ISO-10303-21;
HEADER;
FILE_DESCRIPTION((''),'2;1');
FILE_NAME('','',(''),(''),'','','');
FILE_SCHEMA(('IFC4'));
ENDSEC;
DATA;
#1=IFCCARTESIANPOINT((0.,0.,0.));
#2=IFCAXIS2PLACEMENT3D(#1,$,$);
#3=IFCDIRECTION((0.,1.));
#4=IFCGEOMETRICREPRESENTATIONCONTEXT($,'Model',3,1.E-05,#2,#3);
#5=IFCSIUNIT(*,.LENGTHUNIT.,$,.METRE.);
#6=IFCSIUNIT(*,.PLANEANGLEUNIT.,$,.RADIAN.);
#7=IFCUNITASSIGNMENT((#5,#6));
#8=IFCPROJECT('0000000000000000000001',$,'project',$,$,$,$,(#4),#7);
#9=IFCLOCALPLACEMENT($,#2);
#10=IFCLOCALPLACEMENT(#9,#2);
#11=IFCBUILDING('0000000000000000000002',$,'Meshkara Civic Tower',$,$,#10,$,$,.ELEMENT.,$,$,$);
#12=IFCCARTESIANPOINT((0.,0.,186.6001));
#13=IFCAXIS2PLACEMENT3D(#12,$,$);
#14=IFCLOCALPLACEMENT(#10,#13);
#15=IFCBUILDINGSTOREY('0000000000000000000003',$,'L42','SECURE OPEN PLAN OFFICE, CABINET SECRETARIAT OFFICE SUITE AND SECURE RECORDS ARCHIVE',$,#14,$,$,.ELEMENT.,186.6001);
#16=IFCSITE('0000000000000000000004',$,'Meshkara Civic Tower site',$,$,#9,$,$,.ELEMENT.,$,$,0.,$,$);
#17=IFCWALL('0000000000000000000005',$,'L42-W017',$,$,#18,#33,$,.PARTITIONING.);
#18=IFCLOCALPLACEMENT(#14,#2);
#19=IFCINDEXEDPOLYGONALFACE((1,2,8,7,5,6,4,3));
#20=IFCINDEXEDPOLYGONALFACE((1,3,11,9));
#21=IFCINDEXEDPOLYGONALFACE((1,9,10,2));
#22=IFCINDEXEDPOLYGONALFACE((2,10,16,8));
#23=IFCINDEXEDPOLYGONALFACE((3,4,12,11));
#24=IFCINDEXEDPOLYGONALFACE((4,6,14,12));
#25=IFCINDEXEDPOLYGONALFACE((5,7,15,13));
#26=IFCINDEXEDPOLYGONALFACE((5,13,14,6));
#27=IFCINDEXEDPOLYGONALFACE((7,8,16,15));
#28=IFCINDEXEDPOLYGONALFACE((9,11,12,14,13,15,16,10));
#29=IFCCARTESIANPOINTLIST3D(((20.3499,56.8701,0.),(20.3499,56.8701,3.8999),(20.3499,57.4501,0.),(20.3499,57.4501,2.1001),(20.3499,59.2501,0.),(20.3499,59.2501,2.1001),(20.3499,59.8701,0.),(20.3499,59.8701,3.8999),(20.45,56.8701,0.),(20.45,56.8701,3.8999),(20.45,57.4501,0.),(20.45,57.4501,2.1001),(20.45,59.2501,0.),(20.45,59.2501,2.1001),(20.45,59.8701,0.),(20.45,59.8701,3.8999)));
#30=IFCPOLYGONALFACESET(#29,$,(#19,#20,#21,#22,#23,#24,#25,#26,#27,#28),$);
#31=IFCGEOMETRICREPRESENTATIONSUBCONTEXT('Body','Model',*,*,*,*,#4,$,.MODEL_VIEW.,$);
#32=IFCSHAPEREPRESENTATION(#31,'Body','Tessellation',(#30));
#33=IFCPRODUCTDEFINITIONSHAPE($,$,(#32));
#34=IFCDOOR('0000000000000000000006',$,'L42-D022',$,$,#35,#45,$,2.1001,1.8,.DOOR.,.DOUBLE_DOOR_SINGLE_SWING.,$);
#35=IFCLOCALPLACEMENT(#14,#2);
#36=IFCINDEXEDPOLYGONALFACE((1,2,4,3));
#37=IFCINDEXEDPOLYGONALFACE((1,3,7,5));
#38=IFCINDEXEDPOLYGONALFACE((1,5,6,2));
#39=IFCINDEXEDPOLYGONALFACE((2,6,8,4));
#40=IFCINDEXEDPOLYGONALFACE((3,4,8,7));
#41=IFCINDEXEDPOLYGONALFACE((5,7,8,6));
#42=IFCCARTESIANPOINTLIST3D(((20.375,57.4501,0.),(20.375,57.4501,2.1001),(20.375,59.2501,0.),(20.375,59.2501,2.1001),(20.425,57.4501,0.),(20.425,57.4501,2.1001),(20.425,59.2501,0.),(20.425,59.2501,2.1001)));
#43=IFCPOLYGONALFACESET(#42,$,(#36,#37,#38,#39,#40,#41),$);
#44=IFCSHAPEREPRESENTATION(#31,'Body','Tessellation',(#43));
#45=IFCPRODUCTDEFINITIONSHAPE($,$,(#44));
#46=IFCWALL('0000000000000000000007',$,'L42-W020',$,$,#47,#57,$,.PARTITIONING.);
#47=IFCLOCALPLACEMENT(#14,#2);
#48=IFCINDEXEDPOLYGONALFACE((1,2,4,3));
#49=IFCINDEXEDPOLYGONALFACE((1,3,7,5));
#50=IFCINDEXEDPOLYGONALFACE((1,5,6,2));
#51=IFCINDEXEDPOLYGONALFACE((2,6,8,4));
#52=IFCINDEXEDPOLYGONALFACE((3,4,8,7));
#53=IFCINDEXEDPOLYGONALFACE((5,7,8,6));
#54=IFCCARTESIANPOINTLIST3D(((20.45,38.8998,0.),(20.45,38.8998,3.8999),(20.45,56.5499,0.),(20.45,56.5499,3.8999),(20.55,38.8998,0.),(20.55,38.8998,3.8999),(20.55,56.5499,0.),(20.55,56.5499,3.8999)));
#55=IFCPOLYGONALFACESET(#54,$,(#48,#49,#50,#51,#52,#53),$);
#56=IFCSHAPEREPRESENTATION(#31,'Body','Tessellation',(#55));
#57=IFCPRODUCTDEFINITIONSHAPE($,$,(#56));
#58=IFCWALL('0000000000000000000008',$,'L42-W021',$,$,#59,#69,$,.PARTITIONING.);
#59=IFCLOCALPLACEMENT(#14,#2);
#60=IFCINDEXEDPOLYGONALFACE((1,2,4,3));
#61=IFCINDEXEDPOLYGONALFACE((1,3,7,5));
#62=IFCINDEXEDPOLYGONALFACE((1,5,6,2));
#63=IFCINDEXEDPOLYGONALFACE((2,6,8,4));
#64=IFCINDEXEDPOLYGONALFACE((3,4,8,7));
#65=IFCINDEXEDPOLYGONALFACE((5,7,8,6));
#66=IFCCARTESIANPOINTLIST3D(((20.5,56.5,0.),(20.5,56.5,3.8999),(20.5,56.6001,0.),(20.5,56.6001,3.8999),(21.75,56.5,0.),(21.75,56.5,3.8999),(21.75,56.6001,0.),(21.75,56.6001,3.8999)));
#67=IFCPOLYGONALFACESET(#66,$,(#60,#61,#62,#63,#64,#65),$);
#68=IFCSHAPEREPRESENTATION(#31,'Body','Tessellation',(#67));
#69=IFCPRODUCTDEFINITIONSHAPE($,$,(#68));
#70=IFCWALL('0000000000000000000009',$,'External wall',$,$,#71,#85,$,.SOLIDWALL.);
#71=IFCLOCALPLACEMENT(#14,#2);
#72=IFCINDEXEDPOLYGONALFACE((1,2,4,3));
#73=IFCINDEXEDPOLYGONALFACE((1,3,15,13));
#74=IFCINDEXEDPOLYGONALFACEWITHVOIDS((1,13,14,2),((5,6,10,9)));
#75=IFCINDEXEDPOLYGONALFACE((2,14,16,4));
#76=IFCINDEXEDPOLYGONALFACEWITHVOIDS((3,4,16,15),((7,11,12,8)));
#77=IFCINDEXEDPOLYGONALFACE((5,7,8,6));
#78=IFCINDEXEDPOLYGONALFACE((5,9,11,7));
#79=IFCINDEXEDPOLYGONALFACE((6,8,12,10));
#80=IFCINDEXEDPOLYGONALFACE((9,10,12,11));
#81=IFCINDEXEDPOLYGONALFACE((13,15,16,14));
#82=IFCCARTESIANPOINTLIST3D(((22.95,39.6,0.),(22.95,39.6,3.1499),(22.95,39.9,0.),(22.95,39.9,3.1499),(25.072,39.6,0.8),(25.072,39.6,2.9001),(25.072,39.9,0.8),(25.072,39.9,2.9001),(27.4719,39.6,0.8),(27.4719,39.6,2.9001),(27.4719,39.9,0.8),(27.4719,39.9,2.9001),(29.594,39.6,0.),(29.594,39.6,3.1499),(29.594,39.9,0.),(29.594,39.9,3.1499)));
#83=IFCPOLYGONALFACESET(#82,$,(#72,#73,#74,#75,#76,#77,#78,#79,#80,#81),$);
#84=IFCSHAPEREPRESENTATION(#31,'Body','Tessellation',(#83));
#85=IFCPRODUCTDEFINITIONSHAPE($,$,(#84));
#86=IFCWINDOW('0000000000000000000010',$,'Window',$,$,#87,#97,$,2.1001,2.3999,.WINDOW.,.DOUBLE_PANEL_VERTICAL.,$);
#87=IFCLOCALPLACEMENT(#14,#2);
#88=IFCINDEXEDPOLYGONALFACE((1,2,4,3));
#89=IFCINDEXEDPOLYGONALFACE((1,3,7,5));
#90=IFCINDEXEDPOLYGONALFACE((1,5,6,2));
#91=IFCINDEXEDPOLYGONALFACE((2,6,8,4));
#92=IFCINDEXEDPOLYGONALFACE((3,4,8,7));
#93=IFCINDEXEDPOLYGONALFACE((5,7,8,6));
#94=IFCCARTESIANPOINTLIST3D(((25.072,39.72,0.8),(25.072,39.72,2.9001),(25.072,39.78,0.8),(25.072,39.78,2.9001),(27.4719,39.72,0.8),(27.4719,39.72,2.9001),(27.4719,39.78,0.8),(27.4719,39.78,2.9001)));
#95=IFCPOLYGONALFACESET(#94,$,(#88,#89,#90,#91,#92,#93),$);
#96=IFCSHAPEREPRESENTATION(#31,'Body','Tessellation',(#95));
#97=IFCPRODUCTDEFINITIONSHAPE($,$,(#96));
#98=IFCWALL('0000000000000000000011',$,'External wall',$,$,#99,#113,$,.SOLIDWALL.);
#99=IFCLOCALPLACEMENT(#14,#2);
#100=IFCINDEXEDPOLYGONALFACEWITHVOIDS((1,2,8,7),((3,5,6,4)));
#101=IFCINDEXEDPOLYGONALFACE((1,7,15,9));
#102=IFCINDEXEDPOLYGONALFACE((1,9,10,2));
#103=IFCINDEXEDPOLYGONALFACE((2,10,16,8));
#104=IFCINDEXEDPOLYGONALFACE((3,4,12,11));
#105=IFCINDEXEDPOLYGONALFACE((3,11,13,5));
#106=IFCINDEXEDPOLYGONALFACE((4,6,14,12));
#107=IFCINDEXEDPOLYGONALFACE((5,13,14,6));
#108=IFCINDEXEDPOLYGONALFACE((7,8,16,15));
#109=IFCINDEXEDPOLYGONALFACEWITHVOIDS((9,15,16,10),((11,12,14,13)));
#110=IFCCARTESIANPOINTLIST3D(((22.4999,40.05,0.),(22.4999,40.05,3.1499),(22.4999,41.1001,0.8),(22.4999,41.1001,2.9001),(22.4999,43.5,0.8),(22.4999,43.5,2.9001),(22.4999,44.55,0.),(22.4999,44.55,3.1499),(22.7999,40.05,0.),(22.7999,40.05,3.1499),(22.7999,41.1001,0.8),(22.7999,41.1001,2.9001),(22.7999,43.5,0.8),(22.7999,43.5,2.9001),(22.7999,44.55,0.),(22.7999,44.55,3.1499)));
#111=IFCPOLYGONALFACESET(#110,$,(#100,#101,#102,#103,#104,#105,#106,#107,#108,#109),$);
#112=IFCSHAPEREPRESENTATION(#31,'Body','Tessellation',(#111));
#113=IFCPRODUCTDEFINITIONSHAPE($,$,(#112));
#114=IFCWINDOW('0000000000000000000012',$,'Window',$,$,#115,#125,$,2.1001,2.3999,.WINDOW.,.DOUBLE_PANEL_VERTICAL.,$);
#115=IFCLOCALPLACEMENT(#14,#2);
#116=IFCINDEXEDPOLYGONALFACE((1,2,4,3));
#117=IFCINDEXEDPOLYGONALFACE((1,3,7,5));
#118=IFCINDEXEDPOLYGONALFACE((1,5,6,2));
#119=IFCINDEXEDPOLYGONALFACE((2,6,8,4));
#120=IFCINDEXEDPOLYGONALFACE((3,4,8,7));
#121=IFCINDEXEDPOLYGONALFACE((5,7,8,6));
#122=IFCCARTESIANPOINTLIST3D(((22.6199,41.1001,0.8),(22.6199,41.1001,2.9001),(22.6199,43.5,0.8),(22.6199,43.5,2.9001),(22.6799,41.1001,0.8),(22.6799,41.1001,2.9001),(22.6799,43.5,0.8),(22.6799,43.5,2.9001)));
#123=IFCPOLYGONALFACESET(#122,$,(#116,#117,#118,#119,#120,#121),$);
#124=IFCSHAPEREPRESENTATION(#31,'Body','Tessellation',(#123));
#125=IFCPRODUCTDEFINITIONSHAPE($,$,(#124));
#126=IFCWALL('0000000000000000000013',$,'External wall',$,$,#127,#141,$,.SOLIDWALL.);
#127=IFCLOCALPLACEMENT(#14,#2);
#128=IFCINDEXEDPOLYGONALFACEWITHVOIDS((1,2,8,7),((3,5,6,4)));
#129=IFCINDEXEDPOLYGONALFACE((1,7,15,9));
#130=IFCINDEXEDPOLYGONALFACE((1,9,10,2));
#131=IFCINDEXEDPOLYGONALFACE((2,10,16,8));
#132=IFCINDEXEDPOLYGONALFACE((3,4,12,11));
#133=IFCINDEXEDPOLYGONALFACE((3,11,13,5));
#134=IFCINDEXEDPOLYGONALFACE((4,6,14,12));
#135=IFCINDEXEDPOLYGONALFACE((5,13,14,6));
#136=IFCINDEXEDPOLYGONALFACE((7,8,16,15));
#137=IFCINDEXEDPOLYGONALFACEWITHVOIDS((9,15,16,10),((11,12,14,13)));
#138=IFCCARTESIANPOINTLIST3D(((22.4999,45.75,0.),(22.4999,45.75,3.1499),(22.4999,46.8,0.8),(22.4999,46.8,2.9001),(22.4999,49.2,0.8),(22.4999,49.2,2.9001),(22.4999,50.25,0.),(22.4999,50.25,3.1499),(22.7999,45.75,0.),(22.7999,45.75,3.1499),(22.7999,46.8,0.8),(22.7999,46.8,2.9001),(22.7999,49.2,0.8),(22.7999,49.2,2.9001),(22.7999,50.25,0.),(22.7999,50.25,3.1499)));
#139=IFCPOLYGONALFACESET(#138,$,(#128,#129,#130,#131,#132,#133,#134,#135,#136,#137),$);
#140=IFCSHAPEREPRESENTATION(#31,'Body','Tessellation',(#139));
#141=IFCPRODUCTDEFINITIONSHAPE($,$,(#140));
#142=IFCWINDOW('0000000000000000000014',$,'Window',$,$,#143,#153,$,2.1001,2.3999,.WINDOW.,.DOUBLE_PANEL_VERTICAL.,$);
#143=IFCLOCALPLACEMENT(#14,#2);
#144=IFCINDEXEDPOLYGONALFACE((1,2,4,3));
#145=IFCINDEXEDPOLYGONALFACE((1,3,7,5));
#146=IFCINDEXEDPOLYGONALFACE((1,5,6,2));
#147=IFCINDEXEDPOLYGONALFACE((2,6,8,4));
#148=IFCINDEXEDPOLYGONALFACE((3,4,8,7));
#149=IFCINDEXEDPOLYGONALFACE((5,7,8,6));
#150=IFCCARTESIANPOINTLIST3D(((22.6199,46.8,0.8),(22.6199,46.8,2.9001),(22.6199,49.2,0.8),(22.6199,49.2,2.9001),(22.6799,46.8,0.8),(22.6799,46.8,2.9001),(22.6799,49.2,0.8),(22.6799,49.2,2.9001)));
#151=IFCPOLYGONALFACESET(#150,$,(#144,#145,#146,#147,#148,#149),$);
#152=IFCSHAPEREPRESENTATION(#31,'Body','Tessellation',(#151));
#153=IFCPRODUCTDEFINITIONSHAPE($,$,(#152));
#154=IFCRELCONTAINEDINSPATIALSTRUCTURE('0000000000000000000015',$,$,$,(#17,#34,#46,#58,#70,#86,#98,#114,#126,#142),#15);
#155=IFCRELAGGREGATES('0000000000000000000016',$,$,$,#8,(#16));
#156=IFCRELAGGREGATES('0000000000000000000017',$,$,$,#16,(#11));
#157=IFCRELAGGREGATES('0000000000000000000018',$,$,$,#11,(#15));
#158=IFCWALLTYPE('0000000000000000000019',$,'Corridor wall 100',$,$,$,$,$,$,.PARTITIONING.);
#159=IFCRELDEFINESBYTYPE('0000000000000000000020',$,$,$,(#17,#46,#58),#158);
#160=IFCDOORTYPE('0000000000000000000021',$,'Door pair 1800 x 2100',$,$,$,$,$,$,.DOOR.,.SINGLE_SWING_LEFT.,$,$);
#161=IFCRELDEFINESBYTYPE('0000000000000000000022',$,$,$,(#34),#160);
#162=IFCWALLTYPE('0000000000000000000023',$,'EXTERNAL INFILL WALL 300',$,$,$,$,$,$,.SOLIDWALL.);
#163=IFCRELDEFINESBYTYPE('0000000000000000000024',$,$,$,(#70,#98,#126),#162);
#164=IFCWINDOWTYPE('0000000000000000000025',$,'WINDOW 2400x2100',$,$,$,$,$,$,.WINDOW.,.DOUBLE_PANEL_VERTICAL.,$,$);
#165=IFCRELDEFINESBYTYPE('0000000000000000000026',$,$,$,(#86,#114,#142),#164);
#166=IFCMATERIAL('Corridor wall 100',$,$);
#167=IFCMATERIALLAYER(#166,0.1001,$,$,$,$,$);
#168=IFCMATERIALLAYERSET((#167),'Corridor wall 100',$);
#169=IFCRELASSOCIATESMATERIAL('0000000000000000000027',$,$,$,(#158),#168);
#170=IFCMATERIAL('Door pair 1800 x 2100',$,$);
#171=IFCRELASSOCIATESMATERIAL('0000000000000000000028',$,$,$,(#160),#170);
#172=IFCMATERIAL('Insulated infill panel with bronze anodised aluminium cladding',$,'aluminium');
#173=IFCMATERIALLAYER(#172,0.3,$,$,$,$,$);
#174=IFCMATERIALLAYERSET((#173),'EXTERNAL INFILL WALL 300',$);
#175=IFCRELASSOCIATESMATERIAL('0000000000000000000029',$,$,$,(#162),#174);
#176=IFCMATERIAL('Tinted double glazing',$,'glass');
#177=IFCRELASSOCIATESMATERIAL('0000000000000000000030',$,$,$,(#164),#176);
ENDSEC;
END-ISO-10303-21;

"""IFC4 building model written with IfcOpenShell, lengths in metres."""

from ifc_helpers import new_model, si_unit, direction, frame, frame_2d, origin, place, context, subcontext, project, spatial, rectangle, extrude, material, layer, layer_set, type_object, element, fill, save


model = new_model("IFC4")

# Units and contexts
model_context = context("Model", 3, precision=1e-05, world=origin(), true_north=direction((0.0, 1.0)))
body_context = subcontext(model_context, "Body", "Model", "MODEL_VIEW")
ifc_project = project(units=[si_unit("LENGTHUNIT", "METRE"), si_unit("PLANEANGLEUNIT", "RADIAN")], contexts=[model_context])

# Site, building, storey
site_placement = place(None, origin())
site = spatial("IfcSite", under=ifc_project, at=site_placement, Name="Meshkara Civic Tower site", CompositionType="ELEMENT", RefElevation=0.0)
building_placement = place(site_placement, origin())
building = spatial("IfcBuilding", under=site, at=building_placement, Name="Meshkara Civic Tower", CompositionType="ELEMENT")
storey_placement = place(building_placement, frame((0.0, 0.0, 186.6001)))
storey = spatial("IfcBuildingStorey", under=building, at=storey_placement, Name="L42", Description="SECURE OPEN PLAN OFFICE, CABINET SECRETARIAT OFFICE SUITE AND SECURE RECORDS ARCHIVE", CompositionType="ELEMENT", Elevation=186.6001)

# Shared definitions
ifc_material_1 = material(Name="Corridor wall 100")
ifc_layer_1 = layer(ifc_material_1, 0.1001)
ifc_layer_set_1 = layer_set([ifc_layer_1], Name="Corridor wall 100")
wall_type_1 = type_object("IfcWallType", Name="Corridor wall 100", PredefinedType="PARTITIONING", material=ifc_layer_set_1)
ifc_material_2 = material(Name="Door pair 1800 x 2100")
door_type_1 = type_object("IfcDoorType", Name="Door pair 1800 x 2100", OperationType="SINGLE_SWING_LEFT", PredefinedType="DOOR", material=ifc_material_2)

# Wall, opening, door
wall_1_placement = place(storey_placement, frame((20.3999, 56.8701, 0.0), z_axis=(0.0, 0.0, 1.0), x_axis=(0.0, 1.0, 0.0)))
wall_1 = element("IfcWall", 1, at=wall_1_placement, inside=storey, type_object=wall_type_1, Name="L42-W017", PredefinedType="PARTITIONING", context=body_context, shape_type="SweptSolid", body=[
    extrude(rectangle(XDim=3.0, YDim=0.1001, at=frame_2d((1.5, 0.0))), origin(), (0.0, 0.0, 1.0), 3.8999),
])
opening_1_placement = place(wall_1_placement, frame((0.5801, 0.0, 0.0)))
opening_1 = element("IfcOpeningElement", 2, at=opening_1_placement, cuts=wall_1, PredefinedType="OPENING", context=body_context, shape_type="SweptSolid", body=[
    extrude(rectangle(XDim=1.8, YDim=2.1001, at=frame_2d((0.8999, 1.05))), frame((0.0, 0.0601, 0.0), z_axis=(0.0, -1.0, 0.0), x_axis=(1.0, 0.0, 0.0)), (0.0, 0.0, 1.0), 0.1201),
])
door_1_placement = place(opening_1_placement, origin())
door_1 = element("IfcDoor", 3, at=door_1_placement, inside=storey, type_object=door_type_1, Name="L42-D022", OperationType="DOUBLE_DOOR_SINGLE_SWING", OverallHeight=2.1001, OverallWidth=1.8, PredefinedType="DOOR", context=body_context, shape_type="SweptSolid", body=[
    extrude(rectangle(XDim=1.8, YDim=2.1001, at=frame_2d((0.8999, 1.05))), frame((0.0, 0.0249, 0.0), z_axis=(0.0, -1.0, 0.0), x_axis=(1.0, 0.0, 0.0)), (0.0, 0.0, 1.0), 0.05),
])
fill(opening_1, door_1)

# Walls
wall_2_placement = place(storey_placement, frame((20.5, 56.55, 0.0), z_axis=(0.0, 0.0, 1.0), x_axis=(0.0, -1.0, 0.0)))
element("IfcWall", 4, at=wall_2_placement, inside=storey, type_object=wall_type_1, Name="L42-W020", PredefinedType="PARTITIONING", context=body_context, shape_type="SweptSolid", body=[
    extrude(rectangle(XDim=17.6501, YDim=0.1001, at=frame_2d((8.8252, 0.0))), origin(), (0.0, 0.0, 1.0), 3.8999),
])
wall_3_placement = place(storey_placement, frame((21.75, 56.55, 0.0), z_axis=(0.0, 0.0, 1.0), x_axis=(-1.0, 0.0, 0.0)))
element("IfcWall", 5, at=wall_3_placement, inside=storey, type_object=wall_type_1, Name="L42-W021", PredefinedType="PARTITIONING", context=body_context, shape_type="SweptSolid", body=[
    extrude(rectangle(XDim=1.25, YDim=0.1001, at=frame_2d((0.625, 0.0))), origin(), (0.0, 0.0, 1.0), 3.8999),
])

# Walls, openings, windows
ifc_material_3 = material(Name="Insulated infill panel with bronze anodised aluminium cladding", Category="aluminium")
ifc_layer_2 = layer(ifc_material_3, 0.3)
ifc_layer_set_2 = layer_set([ifc_layer_2], Name="EXTERNAL INFILL WALL 300")
wall_type_2 = type_object("IfcWallType", Name="EXTERNAL INFILL WALL 300", PredefinedType="SOLIDWALL", material=ifc_layer_set_2)
wall_4_placement = place(storey_placement, frame((29.594, 39.75, 0.0), z_axis=(0.0, 0.0, 1.0), x_axis=(-1.0, 0.0, 0.0)))
wall_4 = element("IfcWall", 6, at=wall_4_placement, inside=storey, type_object=wall_type_2, Name="External wall", PredefinedType="SOLIDWALL", context=body_context, shape_type="SweptSolid", body=[
    extrude(rectangle(XDim=6.644, YDim=0.3, at=frame_2d((3.322, 0.0))), origin(), (0.0, 0.0, 1.0), 3.1499),
])
opening_2_placement = place(wall_4_placement, frame((2.1221, 0.0, 0.8)))
opening_2 = element("IfcOpeningElement", 7, at=opening_2_placement, cuts=wall_4, PredefinedType="OPENING", context=body_context, shape_type="SweptSolid", body=[
    extrude(rectangle(XDim=2.3999, YDim=2.1001, at=frame_2d((1.2, 1.05))), frame((0.0, 0.1599, 0.0), z_axis=(0.0, -1.0, 0.0), x_axis=(1.0, 0.0, 0.0)), (0.0, 0.0, 1.0), 0.3201),
])
ifc_material_4 = material(Name="Tinted double glazing", Category="glass")
window_type = type_object("IfcWindowType", Name="WINDOW 2400x2100", PartitioningType="DOUBLE_PANEL_VERTICAL", PredefinedType="WINDOW", material=ifc_material_4)
window_1_placement = place(opening_2_placement, origin())
window_1 = element("IfcWindow", 8, at=window_1_placement, inside=storey, type_object=window_type, Name="Window", OverallHeight=2.1001, OverallWidth=2.3999, PartitioningType="DOUBLE_PANEL_VERTICAL", PredefinedType="WINDOW", context=body_context, shape_type="SweptSolid", body=[
    extrude(rectangle(XDim=2.3999, YDim=2.1001, at=frame_2d((1.2, 1.05))), frame((0.0, 0.03, 0.0), z_axis=(0.0, -1.0, 0.0), x_axis=(1.0, 0.0, 0.0)), (0.0, 0.0, 1.0), 0.0601),
])
fill(opening_2, window_1)
wall_5_placement = place(storey_placement, frame((22.6499, 40.05, 0.0), z_axis=(0.0, 0.0, 1.0), x_axis=(0.0, 1.0, 0.0)))
wall_5 = element("IfcWall", 9, at=wall_5_placement, inside=storey, type_object=wall_type_2, Name="External wall", PredefinedType="SOLIDWALL", context=body_context, shape_type="SweptSolid", body=[
    extrude(rectangle(XDim=4.5, YDim=0.3, at=frame_2d((2.25, 0.0))), origin(), (0.0, 0.0, 1.0), 3.1499),
])
opening_3_placement = place(wall_5_placement, frame((1.05, 0.0, 0.8)))
opening_3 = element("IfcOpeningElement", 10, at=opening_3_placement, cuts=wall_5, PredefinedType="OPENING", context=body_context, shape_type="SweptSolid", body=[
    extrude(rectangle(XDim=2.3999, YDim=2.1001, at=frame_2d((1.2, 1.05))), frame((0.0, 0.1599, 0.0), z_axis=(0.0, -1.0, 0.0), x_axis=(1.0, 0.0, 0.0)), (0.0, 0.0, 1.0), 0.3201),
])
window_2_placement = place(opening_3_placement, origin())
window_2 = element("IfcWindow", 11, at=window_2_placement, inside=storey, type_object=window_type, Name="Window", OverallHeight=2.1001, OverallWidth=2.3999, PartitioningType="DOUBLE_PANEL_VERTICAL", PredefinedType="WINDOW", context=body_context, shape_type="SweptSolid", body=[
    extrude(rectangle(XDim=2.3999, YDim=2.1001, at=frame_2d((1.2, 1.05))), frame((0.0, 0.03, 0.0), z_axis=(0.0, -1.0, 0.0), x_axis=(1.0, 0.0, 0.0)), (0.0, 0.0, 1.0), 0.0601),
])
fill(opening_3, window_2)
wall_6_placement = place(storey_placement, frame((22.6499, 45.75, 0.0), z_axis=(0.0, 0.0, 1.0), x_axis=(0.0, 1.0, 0.0)))
wall_6 = element("IfcWall", 12, at=wall_6_placement, inside=storey, type_object=wall_type_2, Name="External wall", PredefinedType="SOLIDWALL", context=body_context, shape_type="SweptSolid", body=[
    extrude(rectangle(XDim=4.5, YDim=0.3, at=frame_2d((2.25, 0.0))), origin(), (0.0, 0.0, 1.0), 3.1499),
])
opening_4_placement = place(wall_6_placement, frame((1.05, 0.0, 0.8)))
opening_4 = element("IfcOpeningElement", 13, at=opening_4_placement, cuts=wall_6, PredefinedType="OPENING", context=body_context, shape_type="SweptSolid", body=[
    extrude(rectangle(XDim=2.3999, YDim=2.1001, at=frame_2d((1.2, 1.05))), frame((0.0, 0.1599, 0.0), z_axis=(0.0, -1.0, 0.0), x_axis=(1.0, 0.0, 0.0)), (0.0, 0.0, 1.0), 0.3201),
])
window_3_placement = place(opening_4_placement, origin())
window_3 = element("IfcWindow", 14, at=window_3_placement, inside=storey, type_object=window_type, Name="Window", OverallHeight=2.1001, OverallWidth=2.3999, PartitioningType="DOUBLE_PANEL_VERTICAL", PredefinedType="WINDOW", context=body_context, shape_type="SweptSolid", body=[
    extrude(rectangle(XDim=2.3999, YDim=2.1001, at=frame_2d((1.2, 1.05))), frame((0.0, 0.03, 0.0), z_axis=(0.0, -1.0, 0.0), x_axis=(1.0, 0.0, 0.0)), (0.0, 0.0, 1.0), 0.0601),
])
fill(opening_4, window_3)

save(model, "model.ifc")
